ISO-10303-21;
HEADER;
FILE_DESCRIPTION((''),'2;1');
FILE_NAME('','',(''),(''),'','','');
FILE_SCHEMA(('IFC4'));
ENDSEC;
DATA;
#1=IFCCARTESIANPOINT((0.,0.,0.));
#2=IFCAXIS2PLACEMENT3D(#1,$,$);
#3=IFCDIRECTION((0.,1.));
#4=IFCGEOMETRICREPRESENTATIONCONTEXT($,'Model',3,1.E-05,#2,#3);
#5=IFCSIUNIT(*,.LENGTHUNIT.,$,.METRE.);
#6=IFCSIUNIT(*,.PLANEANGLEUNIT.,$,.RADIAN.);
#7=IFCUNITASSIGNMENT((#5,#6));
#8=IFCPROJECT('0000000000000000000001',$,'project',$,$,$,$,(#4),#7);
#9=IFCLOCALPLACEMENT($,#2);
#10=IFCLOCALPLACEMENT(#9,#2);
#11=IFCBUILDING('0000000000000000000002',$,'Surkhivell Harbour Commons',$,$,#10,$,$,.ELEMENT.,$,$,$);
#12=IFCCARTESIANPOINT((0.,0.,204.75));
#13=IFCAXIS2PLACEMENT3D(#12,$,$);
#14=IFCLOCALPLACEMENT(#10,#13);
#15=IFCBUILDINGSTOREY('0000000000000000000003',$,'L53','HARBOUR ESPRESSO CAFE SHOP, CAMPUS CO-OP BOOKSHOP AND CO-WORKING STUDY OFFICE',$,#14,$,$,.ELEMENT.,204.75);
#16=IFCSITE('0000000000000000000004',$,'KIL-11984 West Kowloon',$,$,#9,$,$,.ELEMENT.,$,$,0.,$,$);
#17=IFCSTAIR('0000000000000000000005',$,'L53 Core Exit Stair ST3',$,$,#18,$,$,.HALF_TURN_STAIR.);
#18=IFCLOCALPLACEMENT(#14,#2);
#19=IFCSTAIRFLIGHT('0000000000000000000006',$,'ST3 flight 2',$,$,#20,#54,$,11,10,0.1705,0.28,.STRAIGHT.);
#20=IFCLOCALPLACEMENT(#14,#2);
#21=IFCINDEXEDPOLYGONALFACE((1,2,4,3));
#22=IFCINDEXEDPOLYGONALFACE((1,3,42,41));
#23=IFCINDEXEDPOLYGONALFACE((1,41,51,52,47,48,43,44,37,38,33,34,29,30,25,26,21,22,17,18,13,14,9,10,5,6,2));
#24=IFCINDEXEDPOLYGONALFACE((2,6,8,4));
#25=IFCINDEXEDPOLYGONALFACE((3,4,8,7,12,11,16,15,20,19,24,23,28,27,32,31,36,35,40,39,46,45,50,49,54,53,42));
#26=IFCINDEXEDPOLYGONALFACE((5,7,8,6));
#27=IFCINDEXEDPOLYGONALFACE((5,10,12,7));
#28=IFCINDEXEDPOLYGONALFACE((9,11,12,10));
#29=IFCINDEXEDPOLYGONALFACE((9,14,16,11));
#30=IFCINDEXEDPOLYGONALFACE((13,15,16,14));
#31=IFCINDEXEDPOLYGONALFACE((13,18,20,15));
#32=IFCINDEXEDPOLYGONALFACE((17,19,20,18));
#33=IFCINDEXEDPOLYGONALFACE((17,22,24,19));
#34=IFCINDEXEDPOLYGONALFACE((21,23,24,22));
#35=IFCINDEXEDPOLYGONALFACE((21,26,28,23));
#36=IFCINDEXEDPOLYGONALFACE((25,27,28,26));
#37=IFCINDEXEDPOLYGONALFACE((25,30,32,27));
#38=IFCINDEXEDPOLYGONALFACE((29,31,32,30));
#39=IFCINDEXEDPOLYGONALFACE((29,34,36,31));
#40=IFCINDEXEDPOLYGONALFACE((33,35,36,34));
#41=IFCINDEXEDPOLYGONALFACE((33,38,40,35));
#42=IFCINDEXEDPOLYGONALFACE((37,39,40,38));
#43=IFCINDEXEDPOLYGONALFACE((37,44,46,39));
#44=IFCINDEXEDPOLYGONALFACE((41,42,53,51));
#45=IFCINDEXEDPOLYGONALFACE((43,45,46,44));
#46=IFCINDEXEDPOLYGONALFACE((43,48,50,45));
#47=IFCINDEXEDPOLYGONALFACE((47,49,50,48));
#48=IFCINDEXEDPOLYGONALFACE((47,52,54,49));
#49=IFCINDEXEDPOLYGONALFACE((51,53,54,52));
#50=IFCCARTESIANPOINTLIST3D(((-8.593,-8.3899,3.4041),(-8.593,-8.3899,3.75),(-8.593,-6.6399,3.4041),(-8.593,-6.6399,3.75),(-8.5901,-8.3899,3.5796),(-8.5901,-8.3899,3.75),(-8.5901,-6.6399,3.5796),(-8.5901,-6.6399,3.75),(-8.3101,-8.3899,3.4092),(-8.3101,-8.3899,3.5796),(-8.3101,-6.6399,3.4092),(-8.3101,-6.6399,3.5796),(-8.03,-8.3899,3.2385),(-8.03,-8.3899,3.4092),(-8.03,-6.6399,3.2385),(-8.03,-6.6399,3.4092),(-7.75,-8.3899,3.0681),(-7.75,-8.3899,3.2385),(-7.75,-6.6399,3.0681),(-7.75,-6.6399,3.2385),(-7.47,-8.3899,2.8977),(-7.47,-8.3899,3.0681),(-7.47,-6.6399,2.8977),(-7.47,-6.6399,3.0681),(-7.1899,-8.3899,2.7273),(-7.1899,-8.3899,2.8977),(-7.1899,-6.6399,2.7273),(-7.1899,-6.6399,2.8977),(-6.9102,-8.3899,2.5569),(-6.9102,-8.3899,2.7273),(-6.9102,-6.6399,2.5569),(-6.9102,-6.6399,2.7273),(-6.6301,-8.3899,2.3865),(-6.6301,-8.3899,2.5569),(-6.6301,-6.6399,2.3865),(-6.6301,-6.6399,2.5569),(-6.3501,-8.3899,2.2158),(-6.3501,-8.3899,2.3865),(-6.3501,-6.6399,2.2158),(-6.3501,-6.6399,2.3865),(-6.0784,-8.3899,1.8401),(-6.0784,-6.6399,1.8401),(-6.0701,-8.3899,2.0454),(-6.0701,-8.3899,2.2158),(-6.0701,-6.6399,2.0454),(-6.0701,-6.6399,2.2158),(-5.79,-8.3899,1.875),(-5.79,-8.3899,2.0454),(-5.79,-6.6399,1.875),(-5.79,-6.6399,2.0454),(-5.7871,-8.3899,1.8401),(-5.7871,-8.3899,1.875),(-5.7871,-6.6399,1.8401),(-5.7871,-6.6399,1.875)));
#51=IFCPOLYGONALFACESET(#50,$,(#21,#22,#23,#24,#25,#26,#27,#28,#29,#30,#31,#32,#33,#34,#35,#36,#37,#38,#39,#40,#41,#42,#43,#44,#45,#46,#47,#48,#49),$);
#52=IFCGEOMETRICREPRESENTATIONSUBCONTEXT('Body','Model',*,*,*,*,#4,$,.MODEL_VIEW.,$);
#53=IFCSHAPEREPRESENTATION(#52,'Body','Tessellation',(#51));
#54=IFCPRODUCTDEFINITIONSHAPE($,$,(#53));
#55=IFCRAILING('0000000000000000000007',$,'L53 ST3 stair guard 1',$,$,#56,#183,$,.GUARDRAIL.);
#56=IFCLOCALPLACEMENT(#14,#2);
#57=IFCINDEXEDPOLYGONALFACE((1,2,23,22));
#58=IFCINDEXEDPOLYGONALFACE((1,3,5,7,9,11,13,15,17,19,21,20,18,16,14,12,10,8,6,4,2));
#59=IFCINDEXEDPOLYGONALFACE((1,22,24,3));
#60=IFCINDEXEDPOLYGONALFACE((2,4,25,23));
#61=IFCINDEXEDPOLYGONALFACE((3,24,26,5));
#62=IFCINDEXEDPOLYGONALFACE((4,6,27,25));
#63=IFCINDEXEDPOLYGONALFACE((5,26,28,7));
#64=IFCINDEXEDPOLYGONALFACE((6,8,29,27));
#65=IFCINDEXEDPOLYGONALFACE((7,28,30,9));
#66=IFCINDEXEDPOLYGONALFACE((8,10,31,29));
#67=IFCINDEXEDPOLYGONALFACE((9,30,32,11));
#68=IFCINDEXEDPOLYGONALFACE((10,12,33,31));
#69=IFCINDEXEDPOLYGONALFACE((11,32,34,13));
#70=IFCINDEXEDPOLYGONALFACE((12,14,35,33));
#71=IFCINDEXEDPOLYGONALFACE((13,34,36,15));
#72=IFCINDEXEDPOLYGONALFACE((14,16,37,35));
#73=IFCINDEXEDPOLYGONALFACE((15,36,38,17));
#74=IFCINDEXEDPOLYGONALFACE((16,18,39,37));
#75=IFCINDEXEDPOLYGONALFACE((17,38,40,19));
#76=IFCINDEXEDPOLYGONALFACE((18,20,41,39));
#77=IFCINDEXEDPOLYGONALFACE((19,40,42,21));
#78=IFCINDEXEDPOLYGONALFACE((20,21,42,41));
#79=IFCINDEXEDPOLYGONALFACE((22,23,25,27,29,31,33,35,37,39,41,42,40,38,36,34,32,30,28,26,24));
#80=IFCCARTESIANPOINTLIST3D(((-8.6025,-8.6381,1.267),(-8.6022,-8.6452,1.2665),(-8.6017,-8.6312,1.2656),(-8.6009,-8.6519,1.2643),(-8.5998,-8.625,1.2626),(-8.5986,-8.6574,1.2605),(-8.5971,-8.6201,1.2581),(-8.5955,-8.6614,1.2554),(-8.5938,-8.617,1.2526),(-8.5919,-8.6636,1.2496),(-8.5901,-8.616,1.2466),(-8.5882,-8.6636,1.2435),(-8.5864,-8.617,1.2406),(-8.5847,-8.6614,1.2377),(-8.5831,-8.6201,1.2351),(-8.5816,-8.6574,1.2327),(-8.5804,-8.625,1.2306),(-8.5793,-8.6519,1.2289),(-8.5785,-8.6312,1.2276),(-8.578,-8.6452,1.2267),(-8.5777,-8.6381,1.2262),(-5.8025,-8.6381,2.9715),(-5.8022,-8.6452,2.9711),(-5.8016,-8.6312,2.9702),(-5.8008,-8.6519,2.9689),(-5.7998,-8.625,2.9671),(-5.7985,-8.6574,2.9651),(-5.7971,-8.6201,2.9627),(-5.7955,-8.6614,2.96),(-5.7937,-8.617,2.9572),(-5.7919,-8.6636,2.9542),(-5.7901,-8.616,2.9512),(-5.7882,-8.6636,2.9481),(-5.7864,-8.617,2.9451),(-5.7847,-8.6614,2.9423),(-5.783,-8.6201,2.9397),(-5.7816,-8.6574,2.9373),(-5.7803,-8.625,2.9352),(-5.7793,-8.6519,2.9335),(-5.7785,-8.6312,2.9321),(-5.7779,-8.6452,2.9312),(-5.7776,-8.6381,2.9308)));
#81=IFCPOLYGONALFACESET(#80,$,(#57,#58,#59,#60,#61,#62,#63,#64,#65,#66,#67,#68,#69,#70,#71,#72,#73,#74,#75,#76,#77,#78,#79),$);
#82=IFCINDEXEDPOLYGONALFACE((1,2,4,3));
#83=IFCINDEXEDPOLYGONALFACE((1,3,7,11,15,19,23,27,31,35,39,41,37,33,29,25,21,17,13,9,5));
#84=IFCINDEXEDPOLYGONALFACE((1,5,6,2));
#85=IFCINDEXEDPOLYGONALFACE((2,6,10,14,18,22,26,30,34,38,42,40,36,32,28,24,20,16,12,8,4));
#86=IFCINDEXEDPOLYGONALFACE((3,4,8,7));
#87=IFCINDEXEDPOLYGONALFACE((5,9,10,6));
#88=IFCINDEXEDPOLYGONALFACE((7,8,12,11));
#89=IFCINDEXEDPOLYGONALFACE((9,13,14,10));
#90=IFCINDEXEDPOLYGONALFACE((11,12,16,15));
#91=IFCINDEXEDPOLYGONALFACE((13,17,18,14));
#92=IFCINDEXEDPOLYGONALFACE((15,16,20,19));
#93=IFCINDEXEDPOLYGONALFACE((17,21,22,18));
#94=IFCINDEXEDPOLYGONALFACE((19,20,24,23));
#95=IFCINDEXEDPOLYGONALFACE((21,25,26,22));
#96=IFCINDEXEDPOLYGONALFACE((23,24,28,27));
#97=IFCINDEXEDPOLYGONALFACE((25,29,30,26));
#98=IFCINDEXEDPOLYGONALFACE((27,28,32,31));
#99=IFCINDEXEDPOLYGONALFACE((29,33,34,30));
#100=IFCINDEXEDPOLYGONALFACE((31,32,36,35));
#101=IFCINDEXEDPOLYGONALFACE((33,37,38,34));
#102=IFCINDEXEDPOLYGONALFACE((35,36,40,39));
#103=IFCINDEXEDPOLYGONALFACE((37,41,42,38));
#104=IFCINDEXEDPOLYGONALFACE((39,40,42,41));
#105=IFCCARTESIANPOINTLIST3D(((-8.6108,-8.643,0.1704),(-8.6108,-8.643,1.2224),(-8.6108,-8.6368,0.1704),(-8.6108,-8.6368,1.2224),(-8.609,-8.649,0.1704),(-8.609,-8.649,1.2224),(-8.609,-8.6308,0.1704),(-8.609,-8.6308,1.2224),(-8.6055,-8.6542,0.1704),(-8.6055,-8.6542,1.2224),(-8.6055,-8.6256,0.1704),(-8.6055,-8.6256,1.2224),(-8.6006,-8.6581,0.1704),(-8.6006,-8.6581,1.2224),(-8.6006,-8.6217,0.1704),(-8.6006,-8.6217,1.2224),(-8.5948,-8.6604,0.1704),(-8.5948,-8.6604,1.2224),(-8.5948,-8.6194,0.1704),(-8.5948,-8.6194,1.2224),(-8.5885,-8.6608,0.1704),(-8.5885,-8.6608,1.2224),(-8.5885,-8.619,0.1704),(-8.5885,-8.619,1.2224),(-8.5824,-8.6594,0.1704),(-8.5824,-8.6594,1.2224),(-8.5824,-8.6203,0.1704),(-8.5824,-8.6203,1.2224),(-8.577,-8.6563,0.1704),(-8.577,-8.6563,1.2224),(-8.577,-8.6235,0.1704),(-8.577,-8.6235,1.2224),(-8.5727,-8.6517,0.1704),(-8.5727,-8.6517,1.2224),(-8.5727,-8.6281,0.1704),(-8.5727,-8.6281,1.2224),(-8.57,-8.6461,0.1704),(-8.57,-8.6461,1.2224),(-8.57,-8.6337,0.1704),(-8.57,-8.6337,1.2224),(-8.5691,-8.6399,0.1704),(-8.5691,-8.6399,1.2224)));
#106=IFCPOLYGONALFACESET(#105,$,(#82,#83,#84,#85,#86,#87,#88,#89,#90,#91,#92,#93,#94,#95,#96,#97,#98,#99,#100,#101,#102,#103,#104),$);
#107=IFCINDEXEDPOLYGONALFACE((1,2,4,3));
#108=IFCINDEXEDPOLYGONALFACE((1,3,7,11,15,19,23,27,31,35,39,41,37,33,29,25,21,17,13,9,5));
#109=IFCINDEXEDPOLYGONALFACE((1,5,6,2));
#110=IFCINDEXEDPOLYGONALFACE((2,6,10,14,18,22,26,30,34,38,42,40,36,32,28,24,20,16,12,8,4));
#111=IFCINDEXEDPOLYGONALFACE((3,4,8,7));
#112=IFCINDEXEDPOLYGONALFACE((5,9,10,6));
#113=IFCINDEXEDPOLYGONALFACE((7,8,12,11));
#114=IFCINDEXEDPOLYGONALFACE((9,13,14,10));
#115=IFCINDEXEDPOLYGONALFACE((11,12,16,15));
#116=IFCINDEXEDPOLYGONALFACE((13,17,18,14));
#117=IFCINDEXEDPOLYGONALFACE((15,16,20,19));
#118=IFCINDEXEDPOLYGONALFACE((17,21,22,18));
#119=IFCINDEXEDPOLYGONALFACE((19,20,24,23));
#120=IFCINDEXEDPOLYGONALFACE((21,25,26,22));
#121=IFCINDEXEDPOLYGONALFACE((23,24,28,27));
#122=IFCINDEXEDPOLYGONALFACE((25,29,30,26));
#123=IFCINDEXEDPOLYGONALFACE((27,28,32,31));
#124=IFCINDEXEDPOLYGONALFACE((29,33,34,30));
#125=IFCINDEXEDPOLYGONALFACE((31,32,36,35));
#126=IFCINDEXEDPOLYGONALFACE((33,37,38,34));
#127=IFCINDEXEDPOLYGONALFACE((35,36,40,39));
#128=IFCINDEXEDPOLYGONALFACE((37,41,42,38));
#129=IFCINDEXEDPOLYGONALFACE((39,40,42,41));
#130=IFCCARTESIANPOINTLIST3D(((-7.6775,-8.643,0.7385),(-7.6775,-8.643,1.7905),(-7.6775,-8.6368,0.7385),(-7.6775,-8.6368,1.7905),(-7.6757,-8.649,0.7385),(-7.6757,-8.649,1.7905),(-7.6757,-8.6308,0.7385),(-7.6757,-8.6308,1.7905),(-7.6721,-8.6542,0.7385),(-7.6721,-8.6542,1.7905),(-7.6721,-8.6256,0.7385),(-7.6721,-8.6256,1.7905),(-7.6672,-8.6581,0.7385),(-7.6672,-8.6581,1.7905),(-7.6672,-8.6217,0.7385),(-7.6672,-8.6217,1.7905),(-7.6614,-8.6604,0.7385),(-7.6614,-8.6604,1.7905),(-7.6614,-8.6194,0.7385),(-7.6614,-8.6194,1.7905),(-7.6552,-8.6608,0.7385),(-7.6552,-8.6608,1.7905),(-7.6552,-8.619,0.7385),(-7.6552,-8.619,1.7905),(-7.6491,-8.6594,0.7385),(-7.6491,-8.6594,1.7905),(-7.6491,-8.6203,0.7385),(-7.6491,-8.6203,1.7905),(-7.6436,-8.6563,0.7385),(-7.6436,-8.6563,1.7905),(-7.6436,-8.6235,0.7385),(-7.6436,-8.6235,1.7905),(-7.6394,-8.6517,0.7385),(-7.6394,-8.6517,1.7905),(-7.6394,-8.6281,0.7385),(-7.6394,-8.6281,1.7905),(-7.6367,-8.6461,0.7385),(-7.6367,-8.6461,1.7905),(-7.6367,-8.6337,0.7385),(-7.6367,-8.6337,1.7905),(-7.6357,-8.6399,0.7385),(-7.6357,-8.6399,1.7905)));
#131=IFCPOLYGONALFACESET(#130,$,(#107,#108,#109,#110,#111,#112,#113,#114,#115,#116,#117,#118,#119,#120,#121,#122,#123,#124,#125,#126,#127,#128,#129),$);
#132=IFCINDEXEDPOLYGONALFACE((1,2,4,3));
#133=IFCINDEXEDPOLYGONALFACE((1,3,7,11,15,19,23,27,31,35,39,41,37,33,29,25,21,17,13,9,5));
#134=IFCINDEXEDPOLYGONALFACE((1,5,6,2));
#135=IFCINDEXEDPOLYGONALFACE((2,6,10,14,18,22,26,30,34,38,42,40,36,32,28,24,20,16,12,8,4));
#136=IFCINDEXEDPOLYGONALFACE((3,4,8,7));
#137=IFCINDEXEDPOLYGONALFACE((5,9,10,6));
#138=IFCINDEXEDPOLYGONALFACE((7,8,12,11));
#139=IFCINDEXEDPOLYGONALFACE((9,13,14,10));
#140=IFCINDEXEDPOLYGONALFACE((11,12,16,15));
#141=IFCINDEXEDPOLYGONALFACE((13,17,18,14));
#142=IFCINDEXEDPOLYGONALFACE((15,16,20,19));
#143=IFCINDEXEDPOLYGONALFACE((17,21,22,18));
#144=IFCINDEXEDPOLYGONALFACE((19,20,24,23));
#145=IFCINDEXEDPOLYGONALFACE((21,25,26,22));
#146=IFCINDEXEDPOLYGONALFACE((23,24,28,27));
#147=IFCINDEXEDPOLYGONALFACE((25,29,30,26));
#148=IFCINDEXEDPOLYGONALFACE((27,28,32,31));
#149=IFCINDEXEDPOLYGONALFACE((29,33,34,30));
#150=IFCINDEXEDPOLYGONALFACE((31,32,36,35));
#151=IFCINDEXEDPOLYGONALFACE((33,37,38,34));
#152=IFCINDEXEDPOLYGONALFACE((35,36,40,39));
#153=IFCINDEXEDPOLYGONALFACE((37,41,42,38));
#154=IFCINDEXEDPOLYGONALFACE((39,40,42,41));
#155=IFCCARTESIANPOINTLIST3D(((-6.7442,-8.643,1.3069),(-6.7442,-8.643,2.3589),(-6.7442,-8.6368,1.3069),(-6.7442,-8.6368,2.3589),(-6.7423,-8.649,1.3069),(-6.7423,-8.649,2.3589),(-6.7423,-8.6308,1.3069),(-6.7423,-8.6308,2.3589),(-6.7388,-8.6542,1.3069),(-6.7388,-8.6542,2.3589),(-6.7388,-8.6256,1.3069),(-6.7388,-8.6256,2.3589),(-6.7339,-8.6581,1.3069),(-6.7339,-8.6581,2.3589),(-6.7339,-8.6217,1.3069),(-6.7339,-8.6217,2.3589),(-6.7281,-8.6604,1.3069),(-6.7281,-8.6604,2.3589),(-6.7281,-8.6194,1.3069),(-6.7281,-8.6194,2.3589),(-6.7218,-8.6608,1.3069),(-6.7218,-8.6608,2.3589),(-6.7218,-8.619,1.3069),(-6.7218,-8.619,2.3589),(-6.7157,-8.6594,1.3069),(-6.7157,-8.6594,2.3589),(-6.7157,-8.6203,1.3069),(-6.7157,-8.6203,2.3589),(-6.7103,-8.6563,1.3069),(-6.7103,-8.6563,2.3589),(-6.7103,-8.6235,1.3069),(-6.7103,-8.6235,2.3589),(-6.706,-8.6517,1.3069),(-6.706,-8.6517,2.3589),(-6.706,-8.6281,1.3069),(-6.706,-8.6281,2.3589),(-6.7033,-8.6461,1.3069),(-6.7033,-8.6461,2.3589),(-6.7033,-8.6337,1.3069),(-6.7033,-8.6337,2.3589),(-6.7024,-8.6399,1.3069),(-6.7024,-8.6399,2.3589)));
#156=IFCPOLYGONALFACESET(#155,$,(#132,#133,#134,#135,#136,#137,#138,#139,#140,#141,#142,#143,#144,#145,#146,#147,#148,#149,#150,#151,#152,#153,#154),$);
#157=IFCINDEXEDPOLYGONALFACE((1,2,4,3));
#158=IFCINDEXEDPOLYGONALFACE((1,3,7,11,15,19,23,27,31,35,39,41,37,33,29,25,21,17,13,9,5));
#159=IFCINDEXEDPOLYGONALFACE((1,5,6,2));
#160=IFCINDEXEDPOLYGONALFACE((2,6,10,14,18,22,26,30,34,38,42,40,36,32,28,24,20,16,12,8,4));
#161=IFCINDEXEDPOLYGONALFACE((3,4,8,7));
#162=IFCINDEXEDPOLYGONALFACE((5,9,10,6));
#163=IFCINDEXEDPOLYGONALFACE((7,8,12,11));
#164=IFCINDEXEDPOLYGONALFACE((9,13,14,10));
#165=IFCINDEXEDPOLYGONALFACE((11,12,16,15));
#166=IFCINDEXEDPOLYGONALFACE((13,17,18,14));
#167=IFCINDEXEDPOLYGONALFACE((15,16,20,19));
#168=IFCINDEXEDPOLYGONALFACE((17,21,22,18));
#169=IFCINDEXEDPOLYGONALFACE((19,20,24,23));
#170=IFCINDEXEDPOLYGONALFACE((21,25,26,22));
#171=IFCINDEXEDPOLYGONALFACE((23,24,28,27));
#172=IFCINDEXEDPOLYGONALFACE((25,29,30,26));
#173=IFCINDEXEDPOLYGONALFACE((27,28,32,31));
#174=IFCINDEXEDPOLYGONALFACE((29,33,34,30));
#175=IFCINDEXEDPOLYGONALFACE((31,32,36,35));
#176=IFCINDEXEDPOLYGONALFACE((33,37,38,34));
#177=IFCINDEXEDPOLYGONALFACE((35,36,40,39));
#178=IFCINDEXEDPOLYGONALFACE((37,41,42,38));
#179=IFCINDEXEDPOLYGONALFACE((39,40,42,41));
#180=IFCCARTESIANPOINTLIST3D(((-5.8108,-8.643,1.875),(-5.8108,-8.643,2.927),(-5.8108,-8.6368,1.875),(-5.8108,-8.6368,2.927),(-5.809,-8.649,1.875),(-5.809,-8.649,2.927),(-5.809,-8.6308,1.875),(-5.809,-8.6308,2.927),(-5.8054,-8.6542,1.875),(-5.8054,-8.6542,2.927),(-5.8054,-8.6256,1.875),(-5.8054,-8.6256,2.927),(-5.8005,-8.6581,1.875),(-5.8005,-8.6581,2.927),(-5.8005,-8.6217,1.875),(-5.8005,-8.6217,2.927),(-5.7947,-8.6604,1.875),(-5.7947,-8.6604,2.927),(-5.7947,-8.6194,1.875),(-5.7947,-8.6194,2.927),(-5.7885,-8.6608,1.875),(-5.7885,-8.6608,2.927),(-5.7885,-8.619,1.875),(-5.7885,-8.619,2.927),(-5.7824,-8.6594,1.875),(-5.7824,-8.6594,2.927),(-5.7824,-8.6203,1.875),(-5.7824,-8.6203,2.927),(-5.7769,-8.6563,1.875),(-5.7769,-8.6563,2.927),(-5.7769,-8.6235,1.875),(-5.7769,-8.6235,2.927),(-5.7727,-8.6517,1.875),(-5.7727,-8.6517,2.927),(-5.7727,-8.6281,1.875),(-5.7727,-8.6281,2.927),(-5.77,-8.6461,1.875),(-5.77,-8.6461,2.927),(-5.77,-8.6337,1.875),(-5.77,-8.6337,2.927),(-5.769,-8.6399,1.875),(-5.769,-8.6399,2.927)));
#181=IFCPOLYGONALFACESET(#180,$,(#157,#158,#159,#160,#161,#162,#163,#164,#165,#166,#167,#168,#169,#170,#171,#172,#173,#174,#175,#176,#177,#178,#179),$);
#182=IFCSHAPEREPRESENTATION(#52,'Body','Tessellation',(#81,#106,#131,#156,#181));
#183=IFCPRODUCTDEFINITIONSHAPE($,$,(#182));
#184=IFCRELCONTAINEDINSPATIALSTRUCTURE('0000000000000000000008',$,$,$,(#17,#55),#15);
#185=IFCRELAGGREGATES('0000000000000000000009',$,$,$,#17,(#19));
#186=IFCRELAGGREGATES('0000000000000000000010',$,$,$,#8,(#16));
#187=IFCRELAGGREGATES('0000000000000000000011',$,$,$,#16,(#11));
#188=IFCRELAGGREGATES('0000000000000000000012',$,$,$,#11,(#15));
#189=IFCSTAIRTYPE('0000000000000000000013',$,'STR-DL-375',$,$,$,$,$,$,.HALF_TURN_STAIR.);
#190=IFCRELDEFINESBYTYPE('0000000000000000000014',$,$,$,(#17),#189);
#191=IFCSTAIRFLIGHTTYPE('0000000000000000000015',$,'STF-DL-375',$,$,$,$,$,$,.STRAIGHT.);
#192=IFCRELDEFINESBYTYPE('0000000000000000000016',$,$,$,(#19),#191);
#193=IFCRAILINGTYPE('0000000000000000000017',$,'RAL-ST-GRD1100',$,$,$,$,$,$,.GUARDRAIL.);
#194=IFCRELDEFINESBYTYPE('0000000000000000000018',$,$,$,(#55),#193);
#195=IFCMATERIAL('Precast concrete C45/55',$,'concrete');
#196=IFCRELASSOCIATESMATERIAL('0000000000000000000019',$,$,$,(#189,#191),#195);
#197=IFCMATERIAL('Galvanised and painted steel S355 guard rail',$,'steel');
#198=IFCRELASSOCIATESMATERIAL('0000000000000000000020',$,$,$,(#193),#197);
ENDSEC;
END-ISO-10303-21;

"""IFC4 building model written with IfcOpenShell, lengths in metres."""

from ifc_helpers import new_model, si_unit, direction, frame, origin, origin_2d, place, context, subcontext, project, spatial, polyline, circle, outline, extrude, material, type_object, element, aggregate, save


model = new_model("IFC4")

# Units and contexts
model_context = context("Model", 3, precision=1e-05, world=origin(), true_north=direction((0.0, 1.0)))
body_context = subcontext(model_context, "Body", "Model", "MODEL_VIEW")
ifc_project = project(units=[si_unit("LENGTHUNIT", "METRE"), si_unit("PLANEANGLEUNIT", "RADIAN")], contexts=[model_context])

# Site, building, storey
site_placement = place(None, origin())
site = spatial("IfcSite", under=ifc_project, at=site_placement, Name="KIL-11984 West Kowloon", CompositionType="ELEMENT", RefElevation=0.0)
building_placement = place(site_placement, origin())
building = spatial("IfcBuilding", under=site, at=building_placement, Name="Surkhivell Harbour Commons", CompositionType="ELEMENT")
storey_placement = place(building_placement, frame((0.0, 0.0, 204.75)))
storey = spatial("IfcBuildingStorey", under=building, at=storey_placement, Name="L53", Description="HARBOUR ESPRESSO CAFE SHOP, CAMPUS CO-OP BOOKSHOP AND CO-WORKING STUDY OFFICE", CompositionType="ELEMENT", Elevation=204.75)

# Stair, stair flight
ifc_material_1 = material(Name="Precast concrete C45/55", Category="concrete")
stair_type = type_object("IfcStairType", Name="STR-DL-375", PredefinedType="HALF_TURN_STAIR", material=ifc_material_1)
stair_placement = place(storey_placement, origin())
stair = element("IfcStair", 1, at=stair_placement, inside=storey, type_object=stair_type, Name="L53 Core Exit Stair ST3", PredefinedType="HALF_TURN_STAIR")
stair_flight_type = type_object("IfcStairFlightType", Name="STF-DL-375", PredefinedType="STRAIGHT", material=ifc_material_1)
stair_flight_1_placement = place(storey_placement, frame((-5.79, -7.5149, 1.875), z_axis=(0.0, 0.0, 1.0), x_axis=(-1.0, 0.0, 0.0)))
stair_flight_1 = element("IfcStairFlight", 2, at=stair_flight_1_placement, type_object=stair_flight_type, Name="ST3 flight 2", NumberOfRisers=11, NumberOfTreads=10, PredefinedType="STRAIGHT", RiserHeight=0.1705, TreadLength=0.28, context=body_context, shape_type="SweptSolid", body=[
    extrude(outline(polyline([(-0.0029, -0.0349), (-0.0029, 0.0), (0.0, 0.0), (0.0, 0.1704), (0.28, 0.1704), (0.28, 0.3408), (0.5601, 0.3408), (0.5601, 0.5115), (0.8401, 0.5115), (0.8401, 0.6819), (1.1201, 0.6819), (1.1201, 0.8523), (1.3999, 0.8523), (1.3999, 1.0227), (1.6799, 1.0227), (1.6799, 1.1931), (1.96, 1.1931), (1.96, 1.3635), (2.24, 1.3635), (2.24, 1.5342), (2.52, 1.5342), (2.52, 1.7046), (2.8, 1.7046), (2.8, 1.875), (2.803, 1.875), (2.803, 1.5291), (0.2883, -0.0349), (-0.0029, -0.0349)])), frame((0.0, 0.875, 0.0), z_axis=(0.0, -1.0, 0.0), x_axis=(1.0, 0.0, 0.0)), (0.0, 0.0, 1.0), 1.75),
])
aggregate(stair, [stair_flight_1])

# Railing
ifc_material_2 = material(Name="Galvanised and painted steel S355 guard rail", Category="steel")
railing_type_1 = type_object("IfcRailingType", Name="RAL-ST-GRD1100", PredefinedType="GUARDRAIL", material=ifc_material_2)
railing_1_placement = place(storey_placement, frame((-8.5901, -8.6399, 0.1704)))
element("IfcRailing", 3, at=railing_1_placement, inside=storey, type_object=railing_type_1, Name="L53 ST3 stair guard 1", PredefinedType="GUARDRAIL", context=body_context, shape_type="SweptSolid", body=[
    extrude(circle(Radius=0.0239, at=origin_2d()), frame((0.0, 0.0, 1.0762), z_axis=(0.85417, 0.0, 0.519994), x_axis=(0.0, 1.0, 0.0)), (0.0, 0.0, 1.0), 3.2781),
    extrude(circle(Radius=0.021, at=origin_2d()), origin(), (0.0, 0.0, 1.0), 1.052),
    extrude(circle(Radius=0.021, at=origin_2d()), frame((0.9333, 0.0, 0.5681)), (0.0, 0.0, 1.0), 1.052),
    extrude(circle(Radius=0.021, at=origin_2d()), frame((1.8667, 0.0, 1.1365)), (0.0, 0.0, 1.0), 1.052),
    extrude(circle(Radius=0.021, at=origin_2d()), frame((2.8, 0.0, 1.7046)), (0.0, 0.0, 1.0), 1.052),
])

save(model, "model.ifc")
